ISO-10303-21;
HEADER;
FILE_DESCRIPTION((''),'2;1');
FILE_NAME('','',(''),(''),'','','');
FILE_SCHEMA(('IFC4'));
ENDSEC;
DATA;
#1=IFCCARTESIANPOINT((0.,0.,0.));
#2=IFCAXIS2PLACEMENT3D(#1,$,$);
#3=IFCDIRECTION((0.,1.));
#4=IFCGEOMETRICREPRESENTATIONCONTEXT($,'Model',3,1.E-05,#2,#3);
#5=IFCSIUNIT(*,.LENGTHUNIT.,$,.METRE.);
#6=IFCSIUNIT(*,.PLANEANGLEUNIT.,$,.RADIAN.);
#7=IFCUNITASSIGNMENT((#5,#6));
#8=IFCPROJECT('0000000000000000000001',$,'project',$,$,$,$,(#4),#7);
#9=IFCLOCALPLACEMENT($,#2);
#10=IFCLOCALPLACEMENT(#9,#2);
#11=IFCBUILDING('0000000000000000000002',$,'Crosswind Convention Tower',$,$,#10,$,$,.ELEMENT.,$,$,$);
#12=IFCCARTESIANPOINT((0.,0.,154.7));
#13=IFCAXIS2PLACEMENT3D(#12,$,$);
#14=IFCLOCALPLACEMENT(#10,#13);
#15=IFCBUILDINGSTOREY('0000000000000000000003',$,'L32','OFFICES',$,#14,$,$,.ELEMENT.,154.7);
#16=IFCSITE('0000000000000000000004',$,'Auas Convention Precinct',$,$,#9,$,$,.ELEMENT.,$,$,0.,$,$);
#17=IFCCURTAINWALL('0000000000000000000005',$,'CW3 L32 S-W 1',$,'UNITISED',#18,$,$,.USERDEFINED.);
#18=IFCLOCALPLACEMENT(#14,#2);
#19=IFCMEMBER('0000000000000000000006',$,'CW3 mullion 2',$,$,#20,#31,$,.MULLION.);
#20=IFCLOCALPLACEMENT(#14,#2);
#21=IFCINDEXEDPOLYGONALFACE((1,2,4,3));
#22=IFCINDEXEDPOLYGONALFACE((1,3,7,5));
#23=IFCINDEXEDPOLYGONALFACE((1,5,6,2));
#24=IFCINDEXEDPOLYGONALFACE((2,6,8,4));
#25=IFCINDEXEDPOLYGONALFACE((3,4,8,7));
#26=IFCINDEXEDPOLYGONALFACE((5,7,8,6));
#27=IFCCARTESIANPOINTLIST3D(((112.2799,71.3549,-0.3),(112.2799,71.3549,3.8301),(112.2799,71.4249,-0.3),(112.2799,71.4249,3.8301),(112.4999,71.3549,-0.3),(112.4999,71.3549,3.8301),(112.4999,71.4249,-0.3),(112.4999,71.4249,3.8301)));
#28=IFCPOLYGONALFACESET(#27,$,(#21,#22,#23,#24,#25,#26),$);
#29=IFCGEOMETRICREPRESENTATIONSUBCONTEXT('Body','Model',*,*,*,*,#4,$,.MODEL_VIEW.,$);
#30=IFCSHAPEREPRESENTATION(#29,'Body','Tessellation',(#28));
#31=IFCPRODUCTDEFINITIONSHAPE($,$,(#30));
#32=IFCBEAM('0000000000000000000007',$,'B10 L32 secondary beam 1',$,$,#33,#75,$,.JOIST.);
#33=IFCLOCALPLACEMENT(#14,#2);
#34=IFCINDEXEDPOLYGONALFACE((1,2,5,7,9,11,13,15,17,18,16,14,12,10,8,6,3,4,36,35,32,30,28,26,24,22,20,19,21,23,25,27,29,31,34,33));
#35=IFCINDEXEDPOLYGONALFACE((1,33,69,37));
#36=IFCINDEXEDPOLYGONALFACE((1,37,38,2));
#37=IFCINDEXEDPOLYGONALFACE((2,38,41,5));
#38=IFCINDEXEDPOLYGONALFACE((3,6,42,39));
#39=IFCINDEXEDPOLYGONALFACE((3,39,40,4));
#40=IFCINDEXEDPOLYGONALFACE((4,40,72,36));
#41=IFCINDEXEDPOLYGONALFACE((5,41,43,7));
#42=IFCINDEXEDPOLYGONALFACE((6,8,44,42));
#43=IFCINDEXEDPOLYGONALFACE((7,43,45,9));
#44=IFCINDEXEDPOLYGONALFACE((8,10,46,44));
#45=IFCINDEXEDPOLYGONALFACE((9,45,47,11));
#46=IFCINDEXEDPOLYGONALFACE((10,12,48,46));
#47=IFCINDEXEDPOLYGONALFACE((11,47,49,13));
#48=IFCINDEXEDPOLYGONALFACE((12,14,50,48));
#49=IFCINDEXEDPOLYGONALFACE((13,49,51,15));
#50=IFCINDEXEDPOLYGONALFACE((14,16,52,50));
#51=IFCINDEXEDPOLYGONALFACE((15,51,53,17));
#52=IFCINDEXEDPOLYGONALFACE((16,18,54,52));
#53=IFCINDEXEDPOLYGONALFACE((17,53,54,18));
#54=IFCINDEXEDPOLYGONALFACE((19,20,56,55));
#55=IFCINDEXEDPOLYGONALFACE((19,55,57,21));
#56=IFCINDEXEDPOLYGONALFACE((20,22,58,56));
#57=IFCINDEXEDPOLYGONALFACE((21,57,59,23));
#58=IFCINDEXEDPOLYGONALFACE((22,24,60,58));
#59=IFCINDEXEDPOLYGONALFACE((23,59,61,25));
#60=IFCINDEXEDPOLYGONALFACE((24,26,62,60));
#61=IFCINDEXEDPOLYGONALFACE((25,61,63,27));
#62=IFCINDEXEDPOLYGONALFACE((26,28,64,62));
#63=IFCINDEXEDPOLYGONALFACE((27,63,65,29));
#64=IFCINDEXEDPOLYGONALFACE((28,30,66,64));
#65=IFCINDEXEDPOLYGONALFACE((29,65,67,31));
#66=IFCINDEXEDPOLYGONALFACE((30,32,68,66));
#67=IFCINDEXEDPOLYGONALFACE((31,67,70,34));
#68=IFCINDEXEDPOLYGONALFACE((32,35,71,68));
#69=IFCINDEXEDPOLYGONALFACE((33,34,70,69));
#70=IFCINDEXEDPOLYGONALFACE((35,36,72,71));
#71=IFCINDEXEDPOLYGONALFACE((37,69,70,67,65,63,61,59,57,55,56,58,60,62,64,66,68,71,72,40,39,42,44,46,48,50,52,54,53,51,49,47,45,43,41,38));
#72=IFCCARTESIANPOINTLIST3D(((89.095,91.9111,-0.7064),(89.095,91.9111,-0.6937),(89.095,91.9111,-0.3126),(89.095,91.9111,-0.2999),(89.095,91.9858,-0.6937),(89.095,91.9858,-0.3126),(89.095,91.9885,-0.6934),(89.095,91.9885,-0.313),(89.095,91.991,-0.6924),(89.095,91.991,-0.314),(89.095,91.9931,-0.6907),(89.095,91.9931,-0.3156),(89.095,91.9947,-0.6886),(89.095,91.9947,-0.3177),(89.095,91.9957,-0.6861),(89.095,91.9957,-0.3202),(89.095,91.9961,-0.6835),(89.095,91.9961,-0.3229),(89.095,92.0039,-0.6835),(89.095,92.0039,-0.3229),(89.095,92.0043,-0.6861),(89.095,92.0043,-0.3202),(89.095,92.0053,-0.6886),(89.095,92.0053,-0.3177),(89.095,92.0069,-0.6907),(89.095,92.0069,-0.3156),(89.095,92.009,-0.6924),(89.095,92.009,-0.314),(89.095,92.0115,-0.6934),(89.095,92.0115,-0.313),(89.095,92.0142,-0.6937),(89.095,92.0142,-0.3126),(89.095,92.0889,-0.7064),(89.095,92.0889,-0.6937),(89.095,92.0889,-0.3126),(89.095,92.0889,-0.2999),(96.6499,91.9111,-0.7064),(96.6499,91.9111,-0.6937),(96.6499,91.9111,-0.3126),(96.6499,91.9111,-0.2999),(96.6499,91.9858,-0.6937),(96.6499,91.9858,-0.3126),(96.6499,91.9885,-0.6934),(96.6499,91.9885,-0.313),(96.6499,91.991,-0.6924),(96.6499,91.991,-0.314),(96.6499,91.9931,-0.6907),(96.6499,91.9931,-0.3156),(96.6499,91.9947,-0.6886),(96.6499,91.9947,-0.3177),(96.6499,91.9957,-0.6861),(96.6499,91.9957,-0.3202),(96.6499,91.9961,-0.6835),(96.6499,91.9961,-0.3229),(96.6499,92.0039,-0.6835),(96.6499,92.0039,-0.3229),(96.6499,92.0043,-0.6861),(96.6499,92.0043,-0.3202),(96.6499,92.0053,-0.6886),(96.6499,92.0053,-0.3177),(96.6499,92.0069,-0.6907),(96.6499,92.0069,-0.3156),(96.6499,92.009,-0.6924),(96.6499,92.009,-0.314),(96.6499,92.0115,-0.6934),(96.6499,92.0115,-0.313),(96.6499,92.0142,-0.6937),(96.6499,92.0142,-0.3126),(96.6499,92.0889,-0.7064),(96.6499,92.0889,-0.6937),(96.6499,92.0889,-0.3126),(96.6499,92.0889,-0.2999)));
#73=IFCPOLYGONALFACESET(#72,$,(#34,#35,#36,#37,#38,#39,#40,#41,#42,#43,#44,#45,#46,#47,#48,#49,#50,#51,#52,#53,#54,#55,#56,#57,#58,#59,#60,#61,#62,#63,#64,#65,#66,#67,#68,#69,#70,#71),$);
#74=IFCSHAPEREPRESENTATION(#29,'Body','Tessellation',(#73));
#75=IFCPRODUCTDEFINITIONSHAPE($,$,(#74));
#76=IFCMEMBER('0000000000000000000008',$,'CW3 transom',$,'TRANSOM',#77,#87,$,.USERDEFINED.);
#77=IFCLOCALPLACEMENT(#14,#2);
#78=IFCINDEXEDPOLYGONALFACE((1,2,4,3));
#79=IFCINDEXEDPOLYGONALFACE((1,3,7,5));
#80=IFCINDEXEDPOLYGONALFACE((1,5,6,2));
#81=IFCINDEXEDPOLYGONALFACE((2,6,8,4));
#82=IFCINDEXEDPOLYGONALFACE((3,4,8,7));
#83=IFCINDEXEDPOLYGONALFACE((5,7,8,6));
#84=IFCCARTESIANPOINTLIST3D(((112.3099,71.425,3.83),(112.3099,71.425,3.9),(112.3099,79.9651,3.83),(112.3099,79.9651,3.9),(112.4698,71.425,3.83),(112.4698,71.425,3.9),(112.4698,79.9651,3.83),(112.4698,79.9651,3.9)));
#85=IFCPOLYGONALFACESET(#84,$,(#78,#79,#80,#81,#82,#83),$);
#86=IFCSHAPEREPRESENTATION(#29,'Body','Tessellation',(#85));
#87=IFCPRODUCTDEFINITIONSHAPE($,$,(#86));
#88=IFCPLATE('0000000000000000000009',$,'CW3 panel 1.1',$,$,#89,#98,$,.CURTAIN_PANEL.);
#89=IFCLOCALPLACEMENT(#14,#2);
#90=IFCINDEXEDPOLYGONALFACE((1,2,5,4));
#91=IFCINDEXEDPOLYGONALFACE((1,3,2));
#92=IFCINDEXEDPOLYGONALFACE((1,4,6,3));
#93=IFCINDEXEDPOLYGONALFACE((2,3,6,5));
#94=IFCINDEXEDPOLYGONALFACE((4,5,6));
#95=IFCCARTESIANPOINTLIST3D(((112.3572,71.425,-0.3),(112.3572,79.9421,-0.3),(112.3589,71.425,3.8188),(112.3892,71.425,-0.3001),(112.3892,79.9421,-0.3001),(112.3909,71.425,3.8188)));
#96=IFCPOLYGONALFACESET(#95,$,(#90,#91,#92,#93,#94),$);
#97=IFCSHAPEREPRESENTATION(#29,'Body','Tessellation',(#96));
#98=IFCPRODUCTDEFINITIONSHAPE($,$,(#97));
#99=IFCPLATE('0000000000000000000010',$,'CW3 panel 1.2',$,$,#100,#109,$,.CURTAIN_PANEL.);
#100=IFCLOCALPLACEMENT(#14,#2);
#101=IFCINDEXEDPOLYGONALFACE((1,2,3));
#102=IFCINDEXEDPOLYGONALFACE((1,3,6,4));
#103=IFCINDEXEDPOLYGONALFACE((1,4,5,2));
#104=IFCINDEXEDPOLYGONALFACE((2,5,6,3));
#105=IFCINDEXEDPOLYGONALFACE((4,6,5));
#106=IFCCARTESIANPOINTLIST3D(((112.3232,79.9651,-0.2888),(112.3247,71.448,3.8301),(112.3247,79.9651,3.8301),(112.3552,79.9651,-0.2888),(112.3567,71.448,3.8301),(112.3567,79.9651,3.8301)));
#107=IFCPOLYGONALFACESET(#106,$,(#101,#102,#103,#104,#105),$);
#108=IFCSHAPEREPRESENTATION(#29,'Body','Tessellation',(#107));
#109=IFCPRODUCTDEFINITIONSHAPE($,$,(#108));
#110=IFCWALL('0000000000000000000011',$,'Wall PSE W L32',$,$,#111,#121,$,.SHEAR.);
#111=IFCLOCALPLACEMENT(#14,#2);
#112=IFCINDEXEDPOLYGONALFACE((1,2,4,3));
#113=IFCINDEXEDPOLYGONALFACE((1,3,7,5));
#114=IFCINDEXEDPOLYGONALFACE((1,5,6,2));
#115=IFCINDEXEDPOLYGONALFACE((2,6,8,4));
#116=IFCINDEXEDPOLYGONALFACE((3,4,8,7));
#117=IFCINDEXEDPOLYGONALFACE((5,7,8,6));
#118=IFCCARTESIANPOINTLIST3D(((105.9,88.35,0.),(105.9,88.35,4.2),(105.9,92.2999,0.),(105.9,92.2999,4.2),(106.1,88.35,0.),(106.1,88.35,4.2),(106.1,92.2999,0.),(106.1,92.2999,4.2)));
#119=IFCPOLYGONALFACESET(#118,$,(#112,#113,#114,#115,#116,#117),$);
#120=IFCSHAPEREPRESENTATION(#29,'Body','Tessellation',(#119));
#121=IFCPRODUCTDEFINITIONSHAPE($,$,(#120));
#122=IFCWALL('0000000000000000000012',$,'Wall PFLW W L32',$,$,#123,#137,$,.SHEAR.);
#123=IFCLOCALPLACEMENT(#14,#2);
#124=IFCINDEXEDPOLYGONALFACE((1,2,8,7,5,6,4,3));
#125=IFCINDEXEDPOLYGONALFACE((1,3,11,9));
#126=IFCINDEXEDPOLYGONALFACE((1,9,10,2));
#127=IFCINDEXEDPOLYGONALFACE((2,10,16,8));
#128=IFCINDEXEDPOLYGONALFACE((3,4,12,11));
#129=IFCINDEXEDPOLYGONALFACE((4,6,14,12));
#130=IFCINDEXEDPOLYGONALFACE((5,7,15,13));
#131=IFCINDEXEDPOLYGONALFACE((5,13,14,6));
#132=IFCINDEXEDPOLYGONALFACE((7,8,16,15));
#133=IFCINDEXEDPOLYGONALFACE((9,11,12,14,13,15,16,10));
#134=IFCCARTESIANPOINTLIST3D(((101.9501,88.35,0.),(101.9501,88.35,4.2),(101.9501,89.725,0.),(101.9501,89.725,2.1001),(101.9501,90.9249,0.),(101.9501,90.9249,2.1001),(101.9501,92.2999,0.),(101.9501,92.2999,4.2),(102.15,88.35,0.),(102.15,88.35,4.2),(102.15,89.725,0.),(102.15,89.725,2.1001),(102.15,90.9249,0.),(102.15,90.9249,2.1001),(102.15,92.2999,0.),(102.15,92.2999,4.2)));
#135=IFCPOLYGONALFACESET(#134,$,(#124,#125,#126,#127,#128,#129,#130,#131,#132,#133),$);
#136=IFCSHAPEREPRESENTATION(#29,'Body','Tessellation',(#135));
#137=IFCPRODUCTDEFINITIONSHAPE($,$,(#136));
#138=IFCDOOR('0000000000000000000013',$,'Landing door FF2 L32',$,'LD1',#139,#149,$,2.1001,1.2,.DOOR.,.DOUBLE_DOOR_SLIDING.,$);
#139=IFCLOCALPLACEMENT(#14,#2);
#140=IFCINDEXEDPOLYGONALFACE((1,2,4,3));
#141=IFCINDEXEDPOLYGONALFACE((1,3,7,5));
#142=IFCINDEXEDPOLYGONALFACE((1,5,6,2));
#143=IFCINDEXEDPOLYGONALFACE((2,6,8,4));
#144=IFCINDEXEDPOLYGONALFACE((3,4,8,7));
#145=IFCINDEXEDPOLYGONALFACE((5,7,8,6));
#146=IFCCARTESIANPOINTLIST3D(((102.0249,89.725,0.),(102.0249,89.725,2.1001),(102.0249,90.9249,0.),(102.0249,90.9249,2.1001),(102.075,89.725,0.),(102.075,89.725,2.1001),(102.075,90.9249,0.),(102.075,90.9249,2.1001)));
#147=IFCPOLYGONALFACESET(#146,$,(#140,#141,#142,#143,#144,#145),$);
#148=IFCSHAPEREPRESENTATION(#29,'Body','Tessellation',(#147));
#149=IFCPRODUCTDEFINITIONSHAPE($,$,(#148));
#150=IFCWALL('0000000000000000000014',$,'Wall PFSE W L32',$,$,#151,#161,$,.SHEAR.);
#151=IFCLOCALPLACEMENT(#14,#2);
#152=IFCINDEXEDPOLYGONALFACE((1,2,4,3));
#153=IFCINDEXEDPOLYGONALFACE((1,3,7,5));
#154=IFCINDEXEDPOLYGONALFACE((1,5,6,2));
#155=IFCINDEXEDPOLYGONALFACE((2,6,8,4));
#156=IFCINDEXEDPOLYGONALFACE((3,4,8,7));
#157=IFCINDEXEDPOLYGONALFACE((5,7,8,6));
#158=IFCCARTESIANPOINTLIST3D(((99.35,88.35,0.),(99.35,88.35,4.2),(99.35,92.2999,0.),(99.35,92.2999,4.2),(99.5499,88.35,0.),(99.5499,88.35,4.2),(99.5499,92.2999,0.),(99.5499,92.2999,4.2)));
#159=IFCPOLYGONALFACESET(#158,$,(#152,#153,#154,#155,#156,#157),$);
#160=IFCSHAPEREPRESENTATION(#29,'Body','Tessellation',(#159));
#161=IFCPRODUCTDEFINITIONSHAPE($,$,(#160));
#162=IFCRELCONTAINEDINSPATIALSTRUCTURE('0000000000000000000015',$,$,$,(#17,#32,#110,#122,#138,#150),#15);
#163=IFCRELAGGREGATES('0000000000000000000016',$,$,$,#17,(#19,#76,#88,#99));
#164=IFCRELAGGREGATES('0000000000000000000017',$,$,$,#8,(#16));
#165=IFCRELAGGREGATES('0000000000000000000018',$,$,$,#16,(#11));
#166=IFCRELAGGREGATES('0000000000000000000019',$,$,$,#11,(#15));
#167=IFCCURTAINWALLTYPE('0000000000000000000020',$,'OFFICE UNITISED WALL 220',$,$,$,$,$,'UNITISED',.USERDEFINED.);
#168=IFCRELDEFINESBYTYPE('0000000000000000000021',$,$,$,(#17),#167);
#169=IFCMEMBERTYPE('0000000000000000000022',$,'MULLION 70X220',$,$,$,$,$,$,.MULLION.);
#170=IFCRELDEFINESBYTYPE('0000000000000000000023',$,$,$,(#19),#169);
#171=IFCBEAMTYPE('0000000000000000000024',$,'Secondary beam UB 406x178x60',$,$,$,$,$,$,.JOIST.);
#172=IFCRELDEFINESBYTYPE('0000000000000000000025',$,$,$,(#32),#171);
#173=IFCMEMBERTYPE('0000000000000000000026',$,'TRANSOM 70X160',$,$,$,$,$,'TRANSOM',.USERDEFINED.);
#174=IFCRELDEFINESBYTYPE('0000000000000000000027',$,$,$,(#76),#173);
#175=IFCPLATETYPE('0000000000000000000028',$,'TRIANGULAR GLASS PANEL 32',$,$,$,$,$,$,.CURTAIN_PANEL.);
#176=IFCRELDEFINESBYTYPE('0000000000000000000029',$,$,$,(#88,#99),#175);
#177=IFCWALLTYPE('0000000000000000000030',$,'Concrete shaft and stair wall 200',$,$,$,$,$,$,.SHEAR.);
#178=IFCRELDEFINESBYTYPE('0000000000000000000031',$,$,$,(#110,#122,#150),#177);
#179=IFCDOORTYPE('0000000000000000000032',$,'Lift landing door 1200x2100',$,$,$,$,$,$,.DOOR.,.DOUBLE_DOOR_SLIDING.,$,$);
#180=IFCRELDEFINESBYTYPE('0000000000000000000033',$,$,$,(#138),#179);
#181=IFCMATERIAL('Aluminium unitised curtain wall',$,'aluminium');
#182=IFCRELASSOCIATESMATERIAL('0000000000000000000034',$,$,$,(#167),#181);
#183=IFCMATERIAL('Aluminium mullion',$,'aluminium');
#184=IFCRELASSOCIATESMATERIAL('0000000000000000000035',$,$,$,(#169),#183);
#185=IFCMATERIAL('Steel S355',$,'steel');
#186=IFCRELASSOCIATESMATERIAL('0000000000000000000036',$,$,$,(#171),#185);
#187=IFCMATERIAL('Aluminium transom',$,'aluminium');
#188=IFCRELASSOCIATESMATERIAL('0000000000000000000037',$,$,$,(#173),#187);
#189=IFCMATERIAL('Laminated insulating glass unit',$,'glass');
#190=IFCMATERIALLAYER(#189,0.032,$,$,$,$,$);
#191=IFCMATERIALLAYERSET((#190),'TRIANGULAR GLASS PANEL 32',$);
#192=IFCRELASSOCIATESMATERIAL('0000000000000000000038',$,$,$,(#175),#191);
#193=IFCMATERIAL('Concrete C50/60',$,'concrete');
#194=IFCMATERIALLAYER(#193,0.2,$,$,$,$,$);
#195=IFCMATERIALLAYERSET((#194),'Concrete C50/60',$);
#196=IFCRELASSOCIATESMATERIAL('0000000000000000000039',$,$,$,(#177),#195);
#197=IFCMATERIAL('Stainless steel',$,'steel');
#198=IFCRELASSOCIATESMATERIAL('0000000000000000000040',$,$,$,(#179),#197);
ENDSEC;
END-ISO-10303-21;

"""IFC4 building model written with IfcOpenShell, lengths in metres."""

from ifc_helpers import new_model, si_unit, direction, frame, frame_2d, origin, origin_2d, place, context, subcontext, project, spatial, polyline, rectangle, i_section, outline, extrude, material, layer, layer_set, material_profile, profile_set, type_object, element, fill, aggregate, save


model = new_model("IFC4")

# Units and contexts
model_context = context("Model", 3, precision=1e-05, world=origin(), true_north=direction((0.0, 1.0)))
body_context = subcontext(model_context, "Body", "Model", "MODEL_VIEW")
ifc_project = project(units=[si_unit("LENGTHUNIT", "METRE"), si_unit("PLANEANGLEUNIT", "RADIAN")], contexts=[model_context])

# Site, building, storey
site_placement = place(None, origin())
site = spatial("IfcSite", under=ifc_project, at=site_placement, Name="Auas Convention Precinct", CompositionType="ELEMENT", RefElevation=0.0)
building_placement = place(site_placement, origin())
building = spatial("IfcBuilding", under=site, at=building_placement, Name="Crosswind Convention Tower", CompositionType="ELEMENT")
storey_placement = place(building_placement, frame((0.0, 0.0, 154.7)))
storey = spatial("IfcBuildingStorey", under=building, at=storey_placement, Name="L32", Description="OFFICES", CompositionType="ELEMENT", Elevation=154.7)

# Shared definitions
ifc_material_1 = material(Name="Steel S355", Category="steel")

# Shared definitions
ifc_material_2 = material(Name="Aluminium unitised curtain wall", Category="aluminium")
ifc_material_3 = material(Name="Aluminium mullion", Category="aluminium")

# Curtain wall, member
curtain_wall_type_1 = type_object("IfcCurtainWallType", Name="OFFICE UNITISED WALL 220", ElementType="UNITISED", PredefinedType="USERDEFINED", material=ifc_material_2)
curtain_wall_1_placement = place(storey_placement, origin())
curtain_wall_1 = element("IfcCurtainWall", 1, at=curtain_wall_1_placement, inside=storey, type_object=curtain_wall_type_1, Name="CW3 L32 S-W 1", ObjectType="UNITISED", PredefinedType="USERDEFINED")
ifc_material_profile_1 = material_profile(ifc_material_3, rectangle(XDim=0.22, YDim=0.0701, at=origin_2d()), Name="AL 220X70")
ifc_profile_set_1 = profile_set([ifc_material_profile_1], Name="Aluminium mullion")
member_type_1 = type_object("IfcMemberType", Name="MULLION 70X220", PredefinedType="MULLION", material=ifc_profile_set_1)
member_1_placement = place(storey_placement, frame((112.3899, 71.3899, -0.3), z_axis=(0.0, 0.0, 1.0), x_axis=(-1.0, 0.0, 0.0)))
member_1 = element("IfcMember", 2, at=member_1_placement, type_object=member_type_1, Name="CW3 mullion 2", PredefinedType="MULLION", context=body_context, shape_type="SweptSolid", body=[
    extrude(rectangle(XDim=0.22, YDim=0.0701, at=origin_2d()), origin(), (0.0, 0.0, 1.0), 4.1301),
])

# Beam
ifc_material_profile_2 = material_profile(ifc_material_1, i_section(OverallWidth=0.1777, OverallDepth=0.4065, WebThickness=0.0078, FlangeThickness=0.0127, FilletRadius=0.0103, at=origin_2d()), Name="UB 406x178x60")
ifc_profile_set_2 = profile_set([ifc_material_profile_2], Name="Steel S355")
beam_type_1 = type_object("IfcBeamType", Name="Secondary beam UB 406x178x60", PredefinedType="JOIST", material=ifc_profile_set_2)
beam_1_placement = place(storey_placement, frame((89.095, 92.0, -0.5032), z_axis=(1.0, 0.0, 0.0), x_axis=(0.0, 1.0, 0.0)))
element("IfcBeam", 3, at=beam_1_placement, inside=storey, type_object=beam_type_1, Name="B10 L32 secondary beam 1", PredefinedType="JOIST", context=body_context, shape_type="SweptSolid", body=[
    extrude(i_section(OverallWidth=0.1777, OverallDepth=0.4065, WebThickness=0.0078, FlangeThickness=0.0127, FilletRadius=0.0103, at=origin_2d()), origin(), (0.0, 0.0, 1.0), 7.5549),
])

# Member
ifc_material_4 = material(Name="Aluminium transom", Category="aluminium")
ifc_material_profile_3 = material_profile(ifc_material_4, rectangle(XDim=0.1599, YDim=0.0701, at=origin_2d()), Name="AL 160X70")
ifc_profile_set_3 = profile_set([ifc_material_profile_3], Name="Aluminium transom")
member_type_2 = type_object("IfcMemberType", Name="TRANSOM 70X160", ElementType="TRANSOM", PredefinedType="USERDEFINED", material=ifc_profile_set_3)
member_2_placement = place(storey_placement, frame((112.3899, 79.9651, 3.865), z_axis=(0.0, -1.0, 0.0), x_axis=(1.0, 0.0, 0.0)))
member_2 = element("IfcMember", 4, at=member_2_placement, type_object=member_type_2, Name="CW3 transom", ObjectType="TRANSOM", PredefinedType="USERDEFINED", context=body_context, shape_type="SweptSolid", body=[
    extrude(rectangle(XDim=0.1599, YDim=0.0701, at=origin_2d()), origin(), (0.0, 0.0, 1.0), 8.54),
])

# Plates
ifc_material_5 = material(Name="Laminated insulating glass unit", Category="glass")
ifc_layer_1 = layer(ifc_material_5, 0.032)
ifc_layer_set_1 = layer_set([ifc_layer_1], Name="TRIANGULAR GLASS PANEL 32")
plate_type = type_object("IfcPlateType", Name="TRIANGULAR GLASS PANEL 32", PredefinedType="CURTAIN_PANEL", material=ifc_layer_set_1)
plate_1_placement = place(storey_placement, frame((112.3572, 71.425, -0.3), z_axis=(-1.0, 0.0, 0.000415), x_axis=(0.000415, 0.0, 1.0)))
plate_1 = element("IfcPlate", 5, at=plate_1_placement, type_object=plate_type, Name="CW3 panel 1.1", PredefinedType="CURTAIN_PANEL", context=body_context, shape_type="SweptSolid", body=[
    extrude(outline(polyline([(0.0, 0.0), (4.1189, 0.0), (0.0, 8.5171), (0.0, 0.0)])), origin(), (0.0, 0.0, -1.0), 0.032),
])
plate_2_placement = place(storey_placement, frame((112.3247, 79.9651, 3.8301), z_axis=(-1.0, 0.0, 0.000356), x_axis=(-0.000356, 0.0, -1.0)))
plate_2 = element("IfcPlate", 6, at=plate_2_placement, type_object=plate_type, Name="CW3 panel 1.2", PredefinedType="CURTAIN_PANEL", context=body_context, shape_type="SweptSolid", body=[
    extrude(outline(polyline([(0.0, 0.0), (4.1189, 0.0), (0.0, 8.5171), (0.0, 0.0)])), origin(), (0.0, 0.0, -1.0), 0.032),
])

# Wall
ifc_material_6 = material(Name="Concrete C50/60", Category="concrete")
ifc_layer_2 = layer(ifc_material_6, 0.2)
ifc_layer_set_2 = layer_set([ifc_layer_2], Name="Concrete C50/60")
wall_type_1 = type_object("IfcWallType", Name="Concrete shaft and stair wall 200", PredefinedType="SHEAR", material=ifc_layer_set_2)
wall_1_placement = place(storey_placement, frame((106.0, 92.3, 0.0), z_axis=(0.0, 0.0, 1.0), x_axis=(0.0, -1.0, 0.0)))
element("IfcWall", 7, at=wall_1_placement, inside=storey, type_object=wall_type_1, Name="Wall PSE W L32", PredefinedType="SHEAR", context=body_context, shape_type="SweptSolid", body=[
    extrude(rectangle(XDim=3.95, YDim=0.2, at=frame_2d((1.9751, 0.0))), origin(), (0.0, 0.0, 1.0), 4.2),
])

# Wall, opening, door
wall_2_placement = place(storey_placement, frame((102.05, 92.3, 0.0), z_axis=(0.0, 0.0, 1.0), x_axis=(0.0, -1.0, 0.0)))
wall_2 = element("IfcWall", 8, at=wall_2_placement, inside=storey, type_object=wall_type_1, Name="Wall PFLW W L32", PredefinedType="SHEAR", context=body_context, shape_type="SweptSolid", body=[
    extrude(rectangle(XDim=3.95, YDim=0.2, at=frame_2d((1.9751, 0.0))), origin(), (0.0, 0.0, 1.0), 4.2),
])
opening_1_placement = place(wall_2_placement, frame((1.375, 0.0, 0.0)))
opening_1 = element("IfcOpeningElement", 9, at=opening_1_placement, cuts=wall_2, PredefinedType="OPENING", context=body_context, shape_type="SweptSolid", body=[
    extrude(rectangle(XDim=1.2, YDim=2.1001, at=frame_2d((0.6001, 1.05))), frame((0.0, 0.1099, 0.0), z_axis=(0.0, -1.0, 0.0), x_axis=(1.0, 0.0, 0.0)), (0.0, 0.0, 1.0), 0.22),
])
ifc_material_7 = material(Name="Stainless steel", Category="steel")
door_type_1 = type_object("IfcDoorType", Name="Lift landing door 1200x2100", OperationType="DOUBLE_DOOR_SLIDING", PredefinedType="DOOR", material=ifc_material_7)
door_1_placement = place(opening_1_placement, origin())
door_1 = element("IfcDoor", 10, at=door_1_placement, inside=storey, type_object=door_type_1, Name="Landing door FF2 L32", ObjectType="LD1", OperationType="DOUBLE_DOOR_SLIDING", OverallHeight=2.1001, OverallWidth=1.2, PredefinedType="DOOR", context=body_context, shape_type="SweptSolid", body=[
    extrude(rectangle(XDim=1.2, YDim=2.1001, at=frame_2d((0.6001, 1.05))), frame((0.0, 0.0249, 0.0), z_axis=(0.0, -1.0, 0.0), x_axis=(1.0, 0.0, 0.0)), (0.0, 0.0, 1.0), 0.05),
])
fill(opening_1, door_1)

# Wall
wall_3_placement = place(storey_placement, frame((99.45, 92.3, 0.0), z_axis=(0.0, 0.0, 1.0), x_axis=(0.0, -1.0, 0.0)))
element("IfcWall", 11, at=wall_3_placement, inside=storey, type_object=wall_type_1, Name="Wall PFSE W L32", PredefinedType="SHEAR", context=body_context, shape_type="SweptSolid", body=[
    extrude(rectangle(XDim=3.95, YDim=0.2, at=frame_2d((1.9751, 0.0))), origin(), (0.0, 0.0, 1.0), 4.2),
])

aggregate(curtain_wall_1, [member_1, member_2, plate_1, plate_2])

save(model, "model.ifc")
